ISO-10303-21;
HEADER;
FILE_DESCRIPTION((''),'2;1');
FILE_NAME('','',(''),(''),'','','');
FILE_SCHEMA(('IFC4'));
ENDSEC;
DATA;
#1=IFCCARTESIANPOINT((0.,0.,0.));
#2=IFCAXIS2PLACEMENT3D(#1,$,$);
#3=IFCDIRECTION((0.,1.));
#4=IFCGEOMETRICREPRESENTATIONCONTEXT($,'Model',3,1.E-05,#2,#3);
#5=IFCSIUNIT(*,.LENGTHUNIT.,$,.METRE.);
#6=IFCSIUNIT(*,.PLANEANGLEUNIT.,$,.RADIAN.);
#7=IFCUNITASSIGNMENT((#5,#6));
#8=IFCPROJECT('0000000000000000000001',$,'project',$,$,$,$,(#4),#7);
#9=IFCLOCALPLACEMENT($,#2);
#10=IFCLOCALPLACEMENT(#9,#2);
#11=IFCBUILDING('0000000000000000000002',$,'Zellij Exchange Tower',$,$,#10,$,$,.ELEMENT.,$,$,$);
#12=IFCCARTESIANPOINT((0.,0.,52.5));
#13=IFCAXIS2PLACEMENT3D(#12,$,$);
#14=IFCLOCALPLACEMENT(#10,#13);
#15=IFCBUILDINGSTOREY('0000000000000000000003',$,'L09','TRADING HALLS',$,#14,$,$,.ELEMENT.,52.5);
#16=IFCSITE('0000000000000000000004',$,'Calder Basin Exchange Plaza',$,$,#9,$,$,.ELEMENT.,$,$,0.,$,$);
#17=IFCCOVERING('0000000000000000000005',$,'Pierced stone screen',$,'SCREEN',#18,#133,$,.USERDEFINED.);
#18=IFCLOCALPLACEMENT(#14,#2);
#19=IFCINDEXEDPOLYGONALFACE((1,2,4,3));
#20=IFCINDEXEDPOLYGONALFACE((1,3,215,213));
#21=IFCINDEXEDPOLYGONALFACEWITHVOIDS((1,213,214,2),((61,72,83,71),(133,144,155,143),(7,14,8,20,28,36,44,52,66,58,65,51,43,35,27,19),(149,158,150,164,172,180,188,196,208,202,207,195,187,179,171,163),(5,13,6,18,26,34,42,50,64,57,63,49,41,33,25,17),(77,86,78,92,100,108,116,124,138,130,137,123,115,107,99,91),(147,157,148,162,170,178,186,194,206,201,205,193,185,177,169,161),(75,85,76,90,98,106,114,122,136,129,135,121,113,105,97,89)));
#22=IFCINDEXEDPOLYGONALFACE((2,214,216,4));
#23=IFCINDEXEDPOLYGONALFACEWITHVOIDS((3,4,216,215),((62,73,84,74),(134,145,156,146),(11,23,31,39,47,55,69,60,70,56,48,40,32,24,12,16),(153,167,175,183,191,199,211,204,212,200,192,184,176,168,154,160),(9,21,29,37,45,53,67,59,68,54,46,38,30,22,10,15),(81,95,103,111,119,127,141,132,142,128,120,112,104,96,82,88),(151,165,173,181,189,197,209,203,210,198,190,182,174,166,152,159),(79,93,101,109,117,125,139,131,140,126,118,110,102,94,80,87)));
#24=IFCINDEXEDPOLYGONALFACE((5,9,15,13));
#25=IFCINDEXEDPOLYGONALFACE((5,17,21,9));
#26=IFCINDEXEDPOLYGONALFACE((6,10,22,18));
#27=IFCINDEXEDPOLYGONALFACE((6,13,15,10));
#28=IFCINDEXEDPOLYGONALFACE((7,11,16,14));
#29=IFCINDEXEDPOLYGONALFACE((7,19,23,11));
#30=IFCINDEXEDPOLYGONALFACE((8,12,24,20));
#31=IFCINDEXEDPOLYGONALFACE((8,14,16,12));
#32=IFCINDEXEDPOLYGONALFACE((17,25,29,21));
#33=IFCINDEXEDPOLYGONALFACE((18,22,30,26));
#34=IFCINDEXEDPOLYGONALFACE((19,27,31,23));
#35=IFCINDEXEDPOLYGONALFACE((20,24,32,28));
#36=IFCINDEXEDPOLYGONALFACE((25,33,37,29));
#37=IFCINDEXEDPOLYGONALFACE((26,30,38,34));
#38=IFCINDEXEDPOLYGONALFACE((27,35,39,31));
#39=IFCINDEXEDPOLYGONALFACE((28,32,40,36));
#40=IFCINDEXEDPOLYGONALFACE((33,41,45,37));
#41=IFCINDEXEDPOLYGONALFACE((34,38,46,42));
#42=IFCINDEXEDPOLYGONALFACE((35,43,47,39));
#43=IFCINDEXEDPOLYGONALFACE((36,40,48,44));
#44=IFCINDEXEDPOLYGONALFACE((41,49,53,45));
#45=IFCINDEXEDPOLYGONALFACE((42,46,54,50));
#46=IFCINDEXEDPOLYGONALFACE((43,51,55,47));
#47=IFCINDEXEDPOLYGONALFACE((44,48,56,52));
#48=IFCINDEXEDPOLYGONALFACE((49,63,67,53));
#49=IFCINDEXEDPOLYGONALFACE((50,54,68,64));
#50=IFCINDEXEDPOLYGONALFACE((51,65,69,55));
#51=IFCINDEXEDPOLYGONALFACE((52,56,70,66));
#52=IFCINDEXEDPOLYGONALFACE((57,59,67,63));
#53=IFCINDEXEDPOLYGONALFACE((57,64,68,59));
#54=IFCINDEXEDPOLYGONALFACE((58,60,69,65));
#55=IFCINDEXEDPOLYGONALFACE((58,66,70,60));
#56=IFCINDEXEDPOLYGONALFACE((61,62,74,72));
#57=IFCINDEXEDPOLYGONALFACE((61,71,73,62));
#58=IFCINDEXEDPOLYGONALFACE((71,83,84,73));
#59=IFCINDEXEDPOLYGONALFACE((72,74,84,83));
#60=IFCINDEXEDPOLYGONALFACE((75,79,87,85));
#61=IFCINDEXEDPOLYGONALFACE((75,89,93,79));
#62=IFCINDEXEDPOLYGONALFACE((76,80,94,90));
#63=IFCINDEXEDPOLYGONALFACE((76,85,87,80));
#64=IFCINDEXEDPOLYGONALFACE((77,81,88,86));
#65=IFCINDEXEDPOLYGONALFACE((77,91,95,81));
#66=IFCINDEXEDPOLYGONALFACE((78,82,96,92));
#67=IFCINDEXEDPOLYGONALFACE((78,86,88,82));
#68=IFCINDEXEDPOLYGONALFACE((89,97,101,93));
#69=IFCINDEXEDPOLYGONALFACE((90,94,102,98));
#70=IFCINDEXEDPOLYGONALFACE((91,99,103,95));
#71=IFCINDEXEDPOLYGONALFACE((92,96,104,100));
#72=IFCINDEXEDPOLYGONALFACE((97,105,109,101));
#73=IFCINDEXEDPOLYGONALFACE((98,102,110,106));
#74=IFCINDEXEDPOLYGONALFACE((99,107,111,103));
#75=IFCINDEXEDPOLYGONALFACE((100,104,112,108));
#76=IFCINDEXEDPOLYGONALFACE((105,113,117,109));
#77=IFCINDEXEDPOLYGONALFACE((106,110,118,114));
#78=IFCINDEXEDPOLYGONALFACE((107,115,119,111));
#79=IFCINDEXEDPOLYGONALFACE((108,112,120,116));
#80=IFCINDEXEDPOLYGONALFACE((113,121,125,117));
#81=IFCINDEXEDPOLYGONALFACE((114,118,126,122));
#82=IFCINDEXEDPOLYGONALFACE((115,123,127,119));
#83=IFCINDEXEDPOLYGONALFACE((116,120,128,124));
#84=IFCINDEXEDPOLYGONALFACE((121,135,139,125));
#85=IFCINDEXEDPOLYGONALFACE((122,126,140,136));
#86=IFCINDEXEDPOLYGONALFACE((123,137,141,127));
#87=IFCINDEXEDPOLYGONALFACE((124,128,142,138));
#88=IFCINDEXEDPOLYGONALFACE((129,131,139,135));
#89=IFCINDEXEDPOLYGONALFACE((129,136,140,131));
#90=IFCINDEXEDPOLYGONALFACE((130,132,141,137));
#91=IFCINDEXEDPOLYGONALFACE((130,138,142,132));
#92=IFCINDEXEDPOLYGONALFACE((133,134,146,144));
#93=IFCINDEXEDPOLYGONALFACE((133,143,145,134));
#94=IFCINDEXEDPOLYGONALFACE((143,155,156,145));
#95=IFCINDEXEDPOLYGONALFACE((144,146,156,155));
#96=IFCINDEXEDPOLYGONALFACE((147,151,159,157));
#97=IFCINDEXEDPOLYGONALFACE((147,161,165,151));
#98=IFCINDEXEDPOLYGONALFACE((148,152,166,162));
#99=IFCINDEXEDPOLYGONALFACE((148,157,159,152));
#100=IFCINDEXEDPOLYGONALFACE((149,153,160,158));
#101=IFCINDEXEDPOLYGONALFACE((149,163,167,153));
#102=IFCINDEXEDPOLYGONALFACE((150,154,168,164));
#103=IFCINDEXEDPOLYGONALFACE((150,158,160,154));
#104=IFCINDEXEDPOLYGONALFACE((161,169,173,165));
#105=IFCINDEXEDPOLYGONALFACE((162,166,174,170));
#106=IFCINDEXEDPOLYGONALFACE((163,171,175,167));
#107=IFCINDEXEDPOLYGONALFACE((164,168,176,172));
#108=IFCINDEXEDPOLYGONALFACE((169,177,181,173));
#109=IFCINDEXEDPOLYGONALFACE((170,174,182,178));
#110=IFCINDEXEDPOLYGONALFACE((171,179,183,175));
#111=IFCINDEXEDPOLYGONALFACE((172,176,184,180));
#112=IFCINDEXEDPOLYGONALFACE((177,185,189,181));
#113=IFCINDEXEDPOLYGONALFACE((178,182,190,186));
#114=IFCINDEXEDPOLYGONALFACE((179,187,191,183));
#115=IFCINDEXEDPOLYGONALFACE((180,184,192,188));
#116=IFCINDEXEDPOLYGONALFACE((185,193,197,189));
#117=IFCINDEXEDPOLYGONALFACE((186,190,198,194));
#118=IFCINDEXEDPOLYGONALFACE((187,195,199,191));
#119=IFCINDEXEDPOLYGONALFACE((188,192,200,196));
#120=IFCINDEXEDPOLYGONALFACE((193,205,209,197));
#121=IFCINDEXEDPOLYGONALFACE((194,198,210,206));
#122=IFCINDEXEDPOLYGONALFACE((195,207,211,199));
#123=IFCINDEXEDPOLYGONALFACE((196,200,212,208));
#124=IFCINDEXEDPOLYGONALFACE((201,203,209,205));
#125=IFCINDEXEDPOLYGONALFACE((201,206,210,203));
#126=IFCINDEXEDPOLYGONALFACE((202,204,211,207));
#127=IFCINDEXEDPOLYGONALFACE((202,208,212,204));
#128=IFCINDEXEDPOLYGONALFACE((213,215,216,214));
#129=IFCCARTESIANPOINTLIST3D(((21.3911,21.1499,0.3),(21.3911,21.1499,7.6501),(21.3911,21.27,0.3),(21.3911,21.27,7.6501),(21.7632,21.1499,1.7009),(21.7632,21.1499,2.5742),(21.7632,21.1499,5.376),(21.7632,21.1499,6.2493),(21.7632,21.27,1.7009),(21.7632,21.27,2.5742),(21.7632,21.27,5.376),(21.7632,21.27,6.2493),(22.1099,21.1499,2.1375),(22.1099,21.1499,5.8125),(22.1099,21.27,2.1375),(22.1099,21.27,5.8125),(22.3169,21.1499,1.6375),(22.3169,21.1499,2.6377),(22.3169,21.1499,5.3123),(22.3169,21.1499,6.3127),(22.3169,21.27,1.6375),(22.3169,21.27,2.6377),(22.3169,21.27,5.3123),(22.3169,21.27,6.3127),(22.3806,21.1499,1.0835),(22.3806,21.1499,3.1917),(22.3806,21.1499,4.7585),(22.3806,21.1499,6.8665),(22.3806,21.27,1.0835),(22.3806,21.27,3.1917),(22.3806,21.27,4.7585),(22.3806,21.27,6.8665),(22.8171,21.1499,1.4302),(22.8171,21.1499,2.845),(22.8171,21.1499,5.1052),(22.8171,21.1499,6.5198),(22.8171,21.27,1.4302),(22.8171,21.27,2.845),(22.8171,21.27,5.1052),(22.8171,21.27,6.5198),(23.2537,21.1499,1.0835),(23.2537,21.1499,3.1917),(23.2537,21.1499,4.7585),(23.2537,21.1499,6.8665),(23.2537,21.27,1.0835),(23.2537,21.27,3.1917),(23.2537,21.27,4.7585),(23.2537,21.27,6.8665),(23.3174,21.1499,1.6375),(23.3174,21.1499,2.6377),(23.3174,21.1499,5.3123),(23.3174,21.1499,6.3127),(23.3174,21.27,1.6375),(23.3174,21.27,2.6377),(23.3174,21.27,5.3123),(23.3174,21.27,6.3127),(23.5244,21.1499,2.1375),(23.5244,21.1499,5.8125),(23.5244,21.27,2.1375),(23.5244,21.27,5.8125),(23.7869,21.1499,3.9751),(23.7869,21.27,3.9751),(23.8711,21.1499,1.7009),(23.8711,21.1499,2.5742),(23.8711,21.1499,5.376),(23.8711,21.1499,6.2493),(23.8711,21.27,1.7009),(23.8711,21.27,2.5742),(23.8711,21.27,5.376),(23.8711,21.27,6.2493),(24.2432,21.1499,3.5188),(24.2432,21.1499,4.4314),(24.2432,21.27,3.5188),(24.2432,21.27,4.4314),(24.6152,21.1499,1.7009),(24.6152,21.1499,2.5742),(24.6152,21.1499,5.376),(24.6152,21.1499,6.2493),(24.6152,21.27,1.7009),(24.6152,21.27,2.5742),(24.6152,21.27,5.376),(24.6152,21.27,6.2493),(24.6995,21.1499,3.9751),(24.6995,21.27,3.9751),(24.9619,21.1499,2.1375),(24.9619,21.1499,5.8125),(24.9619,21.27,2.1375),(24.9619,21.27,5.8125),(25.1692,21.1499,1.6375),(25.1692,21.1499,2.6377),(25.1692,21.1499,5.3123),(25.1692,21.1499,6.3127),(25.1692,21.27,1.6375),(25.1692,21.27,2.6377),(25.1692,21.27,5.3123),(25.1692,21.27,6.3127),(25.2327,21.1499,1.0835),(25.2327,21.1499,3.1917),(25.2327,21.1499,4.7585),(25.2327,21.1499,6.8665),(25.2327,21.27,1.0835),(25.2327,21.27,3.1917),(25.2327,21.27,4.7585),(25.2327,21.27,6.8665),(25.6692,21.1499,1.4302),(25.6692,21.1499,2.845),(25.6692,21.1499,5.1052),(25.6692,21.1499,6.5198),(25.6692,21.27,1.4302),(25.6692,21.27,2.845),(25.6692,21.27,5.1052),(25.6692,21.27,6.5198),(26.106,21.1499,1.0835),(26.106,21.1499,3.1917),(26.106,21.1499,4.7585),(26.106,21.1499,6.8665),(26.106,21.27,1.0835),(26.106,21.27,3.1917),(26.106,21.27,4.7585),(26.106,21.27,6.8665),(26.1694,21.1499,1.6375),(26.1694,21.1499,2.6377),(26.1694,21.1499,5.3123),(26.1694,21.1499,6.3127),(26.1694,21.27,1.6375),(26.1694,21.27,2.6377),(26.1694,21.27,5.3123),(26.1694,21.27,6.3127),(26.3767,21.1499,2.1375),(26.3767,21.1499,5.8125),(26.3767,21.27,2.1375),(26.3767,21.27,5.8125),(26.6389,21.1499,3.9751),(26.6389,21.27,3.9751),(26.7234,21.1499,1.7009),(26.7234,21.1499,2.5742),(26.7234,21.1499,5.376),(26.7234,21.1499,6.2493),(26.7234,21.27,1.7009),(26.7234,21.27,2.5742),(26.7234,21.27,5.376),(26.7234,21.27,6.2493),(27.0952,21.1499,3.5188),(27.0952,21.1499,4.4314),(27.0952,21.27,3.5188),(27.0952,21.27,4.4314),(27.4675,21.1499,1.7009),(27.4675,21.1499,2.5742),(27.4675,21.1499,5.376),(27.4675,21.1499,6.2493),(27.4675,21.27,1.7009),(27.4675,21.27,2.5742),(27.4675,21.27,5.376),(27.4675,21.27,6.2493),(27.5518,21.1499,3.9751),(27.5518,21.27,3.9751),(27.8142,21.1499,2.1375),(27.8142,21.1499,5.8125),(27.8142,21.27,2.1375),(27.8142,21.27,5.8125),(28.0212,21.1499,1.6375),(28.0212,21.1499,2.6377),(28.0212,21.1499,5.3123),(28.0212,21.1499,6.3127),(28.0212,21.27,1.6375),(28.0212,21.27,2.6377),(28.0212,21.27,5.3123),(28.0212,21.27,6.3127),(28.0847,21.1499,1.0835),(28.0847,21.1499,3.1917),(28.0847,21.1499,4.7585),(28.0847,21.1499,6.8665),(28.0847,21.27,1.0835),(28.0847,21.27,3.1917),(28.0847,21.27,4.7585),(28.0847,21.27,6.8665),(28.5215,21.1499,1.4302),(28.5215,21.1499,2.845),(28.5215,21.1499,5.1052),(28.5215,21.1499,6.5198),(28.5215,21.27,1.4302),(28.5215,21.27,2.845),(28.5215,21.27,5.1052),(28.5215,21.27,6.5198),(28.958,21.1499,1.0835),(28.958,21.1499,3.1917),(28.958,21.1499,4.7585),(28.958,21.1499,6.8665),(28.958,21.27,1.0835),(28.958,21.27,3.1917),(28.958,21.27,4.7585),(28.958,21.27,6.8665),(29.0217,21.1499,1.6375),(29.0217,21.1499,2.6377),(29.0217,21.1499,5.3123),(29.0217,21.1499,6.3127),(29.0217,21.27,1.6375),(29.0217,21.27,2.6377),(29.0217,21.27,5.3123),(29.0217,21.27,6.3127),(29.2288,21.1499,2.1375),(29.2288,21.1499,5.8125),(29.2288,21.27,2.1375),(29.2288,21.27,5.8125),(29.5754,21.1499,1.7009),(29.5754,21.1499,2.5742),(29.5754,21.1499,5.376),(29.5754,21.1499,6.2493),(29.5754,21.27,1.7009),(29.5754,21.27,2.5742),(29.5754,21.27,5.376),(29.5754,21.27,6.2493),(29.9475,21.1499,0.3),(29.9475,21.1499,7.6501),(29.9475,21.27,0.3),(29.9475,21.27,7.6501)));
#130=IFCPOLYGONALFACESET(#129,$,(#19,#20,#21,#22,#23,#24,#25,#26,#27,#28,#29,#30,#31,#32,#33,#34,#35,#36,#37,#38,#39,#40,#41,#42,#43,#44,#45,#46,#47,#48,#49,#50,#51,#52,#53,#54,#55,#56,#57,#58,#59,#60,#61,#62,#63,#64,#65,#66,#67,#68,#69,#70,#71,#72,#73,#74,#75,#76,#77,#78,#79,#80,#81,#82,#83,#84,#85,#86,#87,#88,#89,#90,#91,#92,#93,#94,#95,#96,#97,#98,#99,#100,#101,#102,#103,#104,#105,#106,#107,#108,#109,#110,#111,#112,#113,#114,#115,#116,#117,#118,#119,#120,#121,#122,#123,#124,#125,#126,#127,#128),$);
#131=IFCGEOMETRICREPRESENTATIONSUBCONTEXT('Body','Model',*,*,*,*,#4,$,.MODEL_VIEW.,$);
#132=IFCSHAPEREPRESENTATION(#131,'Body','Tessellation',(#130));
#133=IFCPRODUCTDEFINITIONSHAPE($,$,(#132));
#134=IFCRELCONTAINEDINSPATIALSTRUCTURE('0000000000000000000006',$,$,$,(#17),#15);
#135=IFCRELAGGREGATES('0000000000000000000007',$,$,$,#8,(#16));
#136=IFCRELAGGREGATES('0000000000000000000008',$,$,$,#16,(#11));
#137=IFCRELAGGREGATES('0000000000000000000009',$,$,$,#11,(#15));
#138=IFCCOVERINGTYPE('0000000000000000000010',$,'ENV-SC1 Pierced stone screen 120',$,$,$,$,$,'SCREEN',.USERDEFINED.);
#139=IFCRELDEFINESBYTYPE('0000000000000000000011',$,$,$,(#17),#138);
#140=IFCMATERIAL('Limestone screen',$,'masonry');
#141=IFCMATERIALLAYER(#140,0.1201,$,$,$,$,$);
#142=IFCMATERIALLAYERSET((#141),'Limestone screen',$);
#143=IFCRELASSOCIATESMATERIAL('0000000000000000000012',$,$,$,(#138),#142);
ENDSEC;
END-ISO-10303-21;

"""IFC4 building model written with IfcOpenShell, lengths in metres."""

from ifc_helpers import new_model, si_unit, direction, frame, origin, place, context, subcontext, project, spatial, polyline, outline, extrude, material, layer, layer_set, type_object, element, save


model = new_model("IFC4")

# Units and contexts
model_context = context("Model", 3, precision=1e-05, world=origin(), true_north=direction((0.0, 1.0)))
body_context = subcontext(model_context, "Body", "Model", "MODEL_VIEW")
ifc_project = project(units=[si_unit("LENGTHUNIT", "METRE"), si_unit("PLANEANGLEUNIT", "RADIAN")], contexts=[model_context])

# Site, building, storey
site_placement = place(None, origin())
site = spatial("IfcSite", under=ifc_project, at=site_placement, Name="Calder Basin Exchange Plaza", CompositionType="ELEMENT", RefElevation=0.0)
building_placement = place(site_placement, origin())
building = spatial("IfcBuilding", under=site, at=building_placement, Name="Zellij Exchange Tower", CompositionType="ELEMENT")
storey_placement = place(building_placement, frame((0.0, 0.0, 52.5)))
storey = spatial("IfcBuildingStorey", under=building, at=storey_placement, Name="L09", Description="TRADING HALLS", CompositionType="ELEMENT", Elevation=52.5)

# Covering
ifc_material_1 = material(Name="Limestone screen", Category="masonry")
ifc_layer_1 = layer(ifc_material_1, 0.1201)
ifc_layer_set_1 = layer_set([ifc_layer_1], Name="Limestone screen")
covering_type = type_object("IfcCoveringType", Name="ENV-SC1 Pierced stone screen 120", ElementType="SCREEN", PredefinedType="USERDEFINED", material=ifc_layer_set_1)
covering_1_placement = place(storey_placement, frame((29.9475, 21.21, 0.3), z_axis=(0.0, 0.0, 1.0), x_axis=(-1.0, 0.0, 0.0)))
element("IfcCovering", 1, at=covering_1_placement, inside=storey, type_object=covering_type, Name="Pierced stone screen", ObjectType="SCREEN", PredefinedType="USERDEFINED", context=body_context, shape_type="SweptSolid", body=[
    extrude(outline(polyline([(0.0, 0.0), (8.5564, 0.0), (8.5564, 7.3501), (0.0, 7.3501), (0.0, 0.0)]), holes=[polyline([(2.48, 2.2742), (1.9263, 2.3376), (1.8628, 2.8916), (1.426, 2.5449), (0.9895, 2.8916), (0.9258, 2.3376), (0.3721, 2.2742), (0.7188, 1.8374), (0.3721, 1.4009), (0.9258, 1.3374), (0.9895, 0.7834), (1.426, 1.1301), (1.8628, 0.7834), (1.9263, 1.3374), (2.48, 1.4009), (2.1333, 1.8374), (2.48, 2.2742)]), polyline([(2.48, 5.9492), (1.9263, 6.0127), (1.8628, 6.5664), (1.426, 6.2197), (0.9895, 6.5664), (0.9258, 6.0127), (0.3721, 5.9492), (0.7188, 5.5125), (0.3721, 5.0759), (0.9258, 5.0122), (0.9895, 4.4585), (1.426, 4.8052), (1.8628, 4.4585), (1.9263, 5.0122), (2.48, 5.0759), (2.1333, 5.5125), (2.48, 5.9492)]), polyline([(5.3323, 2.2742), (4.7783, 2.3376), (4.7148, 2.8916), (4.2783, 2.5449), (3.8416, 2.8916), (3.7781, 2.3376), (3.2241, 2.2742), (3.5708, 1.8374), (3.2241, 1.4009), (3.7781, 1.3374), (3.8416, 0.7834), (4.2783, 1.1301), (4.7148, 0.7834), (4.7783, 1.3374), (5.3323, 1.4009), (4.9856, 1.8374), (5.3323, 2.2742)]), polyline([(5.3323, 5.9492), (4.7783, 6.0127), (4.7148, 6.5664), (4.2783, 6.2197), (3.8416, 6.5664), (3.7781, 6.0127), (3.2241, 5.9492), (3.5708, 5.5125), (3.2241, 5.0759), (3.7781, 5.0122), (3.8416, 4.4585), (4.2783, 4.8052), (4.7148, 4.4585), (4.7783, 5.0122), (5.3323, 5.0759), (4.9856, 5.5125), (5.3323, 5.9492)]), polyline([(8.1843, 2.2742), (7.6306, 2.3376), (7.5669, 2.8916), (7.1304, 2.5449), (6.6938, 2.8916), (6.6301, 2.3376), (6.0764, 2.2742), (6.4231, 1.8374), (6.0764, 1.4009), (6.6301, 1.3374), (6.6938, 0.7834), (7.1304, 1.1301), (7.5669, 0.7834), (7.6306, 1.3374), (8.1843, 1.4009), (7.8376, 1.8374), (8.1843, 2.2742)]), polyline([(8.1843, 5.9492), (7.6306, 6.0127), (7.5669, 6.5664), (7.1304, 6.2197), (6.6938, 6.5664), (6.6301, 6.0127), (6.0764, 5.9492), (6.4231, 5.5125), (6.0764, 5.0759), (6.6301, 5.0122), (6.6938, 4.4585), (7.1304, 4.8052), (7.5669, 4.4585), (7.6306, 5.0122), (8.1843, 5.0759), (7.8376, 5.5125), (8.1843, 5.9492)]), polyline([(3.3086, 3.675), (2.8523, 4.1313), (2.3958, 3.675), (2.8523, 3.2188), (3.3086, 3.675)]), polyline([(6.1606, 3.675), (5.7043, 4.1313), (5.248, 3.675), (5.7043, 3.2188), (6.1606, 3.675)])]), frame((0.0, 0.0601, 0.0), z_axis=(0.0, -1.0, 0.0), x_axis=(1.0, 0.0, 0.0)), (0.0, 0.0, 1.0), 0.1201),
])

save(model, "model.ifc")
